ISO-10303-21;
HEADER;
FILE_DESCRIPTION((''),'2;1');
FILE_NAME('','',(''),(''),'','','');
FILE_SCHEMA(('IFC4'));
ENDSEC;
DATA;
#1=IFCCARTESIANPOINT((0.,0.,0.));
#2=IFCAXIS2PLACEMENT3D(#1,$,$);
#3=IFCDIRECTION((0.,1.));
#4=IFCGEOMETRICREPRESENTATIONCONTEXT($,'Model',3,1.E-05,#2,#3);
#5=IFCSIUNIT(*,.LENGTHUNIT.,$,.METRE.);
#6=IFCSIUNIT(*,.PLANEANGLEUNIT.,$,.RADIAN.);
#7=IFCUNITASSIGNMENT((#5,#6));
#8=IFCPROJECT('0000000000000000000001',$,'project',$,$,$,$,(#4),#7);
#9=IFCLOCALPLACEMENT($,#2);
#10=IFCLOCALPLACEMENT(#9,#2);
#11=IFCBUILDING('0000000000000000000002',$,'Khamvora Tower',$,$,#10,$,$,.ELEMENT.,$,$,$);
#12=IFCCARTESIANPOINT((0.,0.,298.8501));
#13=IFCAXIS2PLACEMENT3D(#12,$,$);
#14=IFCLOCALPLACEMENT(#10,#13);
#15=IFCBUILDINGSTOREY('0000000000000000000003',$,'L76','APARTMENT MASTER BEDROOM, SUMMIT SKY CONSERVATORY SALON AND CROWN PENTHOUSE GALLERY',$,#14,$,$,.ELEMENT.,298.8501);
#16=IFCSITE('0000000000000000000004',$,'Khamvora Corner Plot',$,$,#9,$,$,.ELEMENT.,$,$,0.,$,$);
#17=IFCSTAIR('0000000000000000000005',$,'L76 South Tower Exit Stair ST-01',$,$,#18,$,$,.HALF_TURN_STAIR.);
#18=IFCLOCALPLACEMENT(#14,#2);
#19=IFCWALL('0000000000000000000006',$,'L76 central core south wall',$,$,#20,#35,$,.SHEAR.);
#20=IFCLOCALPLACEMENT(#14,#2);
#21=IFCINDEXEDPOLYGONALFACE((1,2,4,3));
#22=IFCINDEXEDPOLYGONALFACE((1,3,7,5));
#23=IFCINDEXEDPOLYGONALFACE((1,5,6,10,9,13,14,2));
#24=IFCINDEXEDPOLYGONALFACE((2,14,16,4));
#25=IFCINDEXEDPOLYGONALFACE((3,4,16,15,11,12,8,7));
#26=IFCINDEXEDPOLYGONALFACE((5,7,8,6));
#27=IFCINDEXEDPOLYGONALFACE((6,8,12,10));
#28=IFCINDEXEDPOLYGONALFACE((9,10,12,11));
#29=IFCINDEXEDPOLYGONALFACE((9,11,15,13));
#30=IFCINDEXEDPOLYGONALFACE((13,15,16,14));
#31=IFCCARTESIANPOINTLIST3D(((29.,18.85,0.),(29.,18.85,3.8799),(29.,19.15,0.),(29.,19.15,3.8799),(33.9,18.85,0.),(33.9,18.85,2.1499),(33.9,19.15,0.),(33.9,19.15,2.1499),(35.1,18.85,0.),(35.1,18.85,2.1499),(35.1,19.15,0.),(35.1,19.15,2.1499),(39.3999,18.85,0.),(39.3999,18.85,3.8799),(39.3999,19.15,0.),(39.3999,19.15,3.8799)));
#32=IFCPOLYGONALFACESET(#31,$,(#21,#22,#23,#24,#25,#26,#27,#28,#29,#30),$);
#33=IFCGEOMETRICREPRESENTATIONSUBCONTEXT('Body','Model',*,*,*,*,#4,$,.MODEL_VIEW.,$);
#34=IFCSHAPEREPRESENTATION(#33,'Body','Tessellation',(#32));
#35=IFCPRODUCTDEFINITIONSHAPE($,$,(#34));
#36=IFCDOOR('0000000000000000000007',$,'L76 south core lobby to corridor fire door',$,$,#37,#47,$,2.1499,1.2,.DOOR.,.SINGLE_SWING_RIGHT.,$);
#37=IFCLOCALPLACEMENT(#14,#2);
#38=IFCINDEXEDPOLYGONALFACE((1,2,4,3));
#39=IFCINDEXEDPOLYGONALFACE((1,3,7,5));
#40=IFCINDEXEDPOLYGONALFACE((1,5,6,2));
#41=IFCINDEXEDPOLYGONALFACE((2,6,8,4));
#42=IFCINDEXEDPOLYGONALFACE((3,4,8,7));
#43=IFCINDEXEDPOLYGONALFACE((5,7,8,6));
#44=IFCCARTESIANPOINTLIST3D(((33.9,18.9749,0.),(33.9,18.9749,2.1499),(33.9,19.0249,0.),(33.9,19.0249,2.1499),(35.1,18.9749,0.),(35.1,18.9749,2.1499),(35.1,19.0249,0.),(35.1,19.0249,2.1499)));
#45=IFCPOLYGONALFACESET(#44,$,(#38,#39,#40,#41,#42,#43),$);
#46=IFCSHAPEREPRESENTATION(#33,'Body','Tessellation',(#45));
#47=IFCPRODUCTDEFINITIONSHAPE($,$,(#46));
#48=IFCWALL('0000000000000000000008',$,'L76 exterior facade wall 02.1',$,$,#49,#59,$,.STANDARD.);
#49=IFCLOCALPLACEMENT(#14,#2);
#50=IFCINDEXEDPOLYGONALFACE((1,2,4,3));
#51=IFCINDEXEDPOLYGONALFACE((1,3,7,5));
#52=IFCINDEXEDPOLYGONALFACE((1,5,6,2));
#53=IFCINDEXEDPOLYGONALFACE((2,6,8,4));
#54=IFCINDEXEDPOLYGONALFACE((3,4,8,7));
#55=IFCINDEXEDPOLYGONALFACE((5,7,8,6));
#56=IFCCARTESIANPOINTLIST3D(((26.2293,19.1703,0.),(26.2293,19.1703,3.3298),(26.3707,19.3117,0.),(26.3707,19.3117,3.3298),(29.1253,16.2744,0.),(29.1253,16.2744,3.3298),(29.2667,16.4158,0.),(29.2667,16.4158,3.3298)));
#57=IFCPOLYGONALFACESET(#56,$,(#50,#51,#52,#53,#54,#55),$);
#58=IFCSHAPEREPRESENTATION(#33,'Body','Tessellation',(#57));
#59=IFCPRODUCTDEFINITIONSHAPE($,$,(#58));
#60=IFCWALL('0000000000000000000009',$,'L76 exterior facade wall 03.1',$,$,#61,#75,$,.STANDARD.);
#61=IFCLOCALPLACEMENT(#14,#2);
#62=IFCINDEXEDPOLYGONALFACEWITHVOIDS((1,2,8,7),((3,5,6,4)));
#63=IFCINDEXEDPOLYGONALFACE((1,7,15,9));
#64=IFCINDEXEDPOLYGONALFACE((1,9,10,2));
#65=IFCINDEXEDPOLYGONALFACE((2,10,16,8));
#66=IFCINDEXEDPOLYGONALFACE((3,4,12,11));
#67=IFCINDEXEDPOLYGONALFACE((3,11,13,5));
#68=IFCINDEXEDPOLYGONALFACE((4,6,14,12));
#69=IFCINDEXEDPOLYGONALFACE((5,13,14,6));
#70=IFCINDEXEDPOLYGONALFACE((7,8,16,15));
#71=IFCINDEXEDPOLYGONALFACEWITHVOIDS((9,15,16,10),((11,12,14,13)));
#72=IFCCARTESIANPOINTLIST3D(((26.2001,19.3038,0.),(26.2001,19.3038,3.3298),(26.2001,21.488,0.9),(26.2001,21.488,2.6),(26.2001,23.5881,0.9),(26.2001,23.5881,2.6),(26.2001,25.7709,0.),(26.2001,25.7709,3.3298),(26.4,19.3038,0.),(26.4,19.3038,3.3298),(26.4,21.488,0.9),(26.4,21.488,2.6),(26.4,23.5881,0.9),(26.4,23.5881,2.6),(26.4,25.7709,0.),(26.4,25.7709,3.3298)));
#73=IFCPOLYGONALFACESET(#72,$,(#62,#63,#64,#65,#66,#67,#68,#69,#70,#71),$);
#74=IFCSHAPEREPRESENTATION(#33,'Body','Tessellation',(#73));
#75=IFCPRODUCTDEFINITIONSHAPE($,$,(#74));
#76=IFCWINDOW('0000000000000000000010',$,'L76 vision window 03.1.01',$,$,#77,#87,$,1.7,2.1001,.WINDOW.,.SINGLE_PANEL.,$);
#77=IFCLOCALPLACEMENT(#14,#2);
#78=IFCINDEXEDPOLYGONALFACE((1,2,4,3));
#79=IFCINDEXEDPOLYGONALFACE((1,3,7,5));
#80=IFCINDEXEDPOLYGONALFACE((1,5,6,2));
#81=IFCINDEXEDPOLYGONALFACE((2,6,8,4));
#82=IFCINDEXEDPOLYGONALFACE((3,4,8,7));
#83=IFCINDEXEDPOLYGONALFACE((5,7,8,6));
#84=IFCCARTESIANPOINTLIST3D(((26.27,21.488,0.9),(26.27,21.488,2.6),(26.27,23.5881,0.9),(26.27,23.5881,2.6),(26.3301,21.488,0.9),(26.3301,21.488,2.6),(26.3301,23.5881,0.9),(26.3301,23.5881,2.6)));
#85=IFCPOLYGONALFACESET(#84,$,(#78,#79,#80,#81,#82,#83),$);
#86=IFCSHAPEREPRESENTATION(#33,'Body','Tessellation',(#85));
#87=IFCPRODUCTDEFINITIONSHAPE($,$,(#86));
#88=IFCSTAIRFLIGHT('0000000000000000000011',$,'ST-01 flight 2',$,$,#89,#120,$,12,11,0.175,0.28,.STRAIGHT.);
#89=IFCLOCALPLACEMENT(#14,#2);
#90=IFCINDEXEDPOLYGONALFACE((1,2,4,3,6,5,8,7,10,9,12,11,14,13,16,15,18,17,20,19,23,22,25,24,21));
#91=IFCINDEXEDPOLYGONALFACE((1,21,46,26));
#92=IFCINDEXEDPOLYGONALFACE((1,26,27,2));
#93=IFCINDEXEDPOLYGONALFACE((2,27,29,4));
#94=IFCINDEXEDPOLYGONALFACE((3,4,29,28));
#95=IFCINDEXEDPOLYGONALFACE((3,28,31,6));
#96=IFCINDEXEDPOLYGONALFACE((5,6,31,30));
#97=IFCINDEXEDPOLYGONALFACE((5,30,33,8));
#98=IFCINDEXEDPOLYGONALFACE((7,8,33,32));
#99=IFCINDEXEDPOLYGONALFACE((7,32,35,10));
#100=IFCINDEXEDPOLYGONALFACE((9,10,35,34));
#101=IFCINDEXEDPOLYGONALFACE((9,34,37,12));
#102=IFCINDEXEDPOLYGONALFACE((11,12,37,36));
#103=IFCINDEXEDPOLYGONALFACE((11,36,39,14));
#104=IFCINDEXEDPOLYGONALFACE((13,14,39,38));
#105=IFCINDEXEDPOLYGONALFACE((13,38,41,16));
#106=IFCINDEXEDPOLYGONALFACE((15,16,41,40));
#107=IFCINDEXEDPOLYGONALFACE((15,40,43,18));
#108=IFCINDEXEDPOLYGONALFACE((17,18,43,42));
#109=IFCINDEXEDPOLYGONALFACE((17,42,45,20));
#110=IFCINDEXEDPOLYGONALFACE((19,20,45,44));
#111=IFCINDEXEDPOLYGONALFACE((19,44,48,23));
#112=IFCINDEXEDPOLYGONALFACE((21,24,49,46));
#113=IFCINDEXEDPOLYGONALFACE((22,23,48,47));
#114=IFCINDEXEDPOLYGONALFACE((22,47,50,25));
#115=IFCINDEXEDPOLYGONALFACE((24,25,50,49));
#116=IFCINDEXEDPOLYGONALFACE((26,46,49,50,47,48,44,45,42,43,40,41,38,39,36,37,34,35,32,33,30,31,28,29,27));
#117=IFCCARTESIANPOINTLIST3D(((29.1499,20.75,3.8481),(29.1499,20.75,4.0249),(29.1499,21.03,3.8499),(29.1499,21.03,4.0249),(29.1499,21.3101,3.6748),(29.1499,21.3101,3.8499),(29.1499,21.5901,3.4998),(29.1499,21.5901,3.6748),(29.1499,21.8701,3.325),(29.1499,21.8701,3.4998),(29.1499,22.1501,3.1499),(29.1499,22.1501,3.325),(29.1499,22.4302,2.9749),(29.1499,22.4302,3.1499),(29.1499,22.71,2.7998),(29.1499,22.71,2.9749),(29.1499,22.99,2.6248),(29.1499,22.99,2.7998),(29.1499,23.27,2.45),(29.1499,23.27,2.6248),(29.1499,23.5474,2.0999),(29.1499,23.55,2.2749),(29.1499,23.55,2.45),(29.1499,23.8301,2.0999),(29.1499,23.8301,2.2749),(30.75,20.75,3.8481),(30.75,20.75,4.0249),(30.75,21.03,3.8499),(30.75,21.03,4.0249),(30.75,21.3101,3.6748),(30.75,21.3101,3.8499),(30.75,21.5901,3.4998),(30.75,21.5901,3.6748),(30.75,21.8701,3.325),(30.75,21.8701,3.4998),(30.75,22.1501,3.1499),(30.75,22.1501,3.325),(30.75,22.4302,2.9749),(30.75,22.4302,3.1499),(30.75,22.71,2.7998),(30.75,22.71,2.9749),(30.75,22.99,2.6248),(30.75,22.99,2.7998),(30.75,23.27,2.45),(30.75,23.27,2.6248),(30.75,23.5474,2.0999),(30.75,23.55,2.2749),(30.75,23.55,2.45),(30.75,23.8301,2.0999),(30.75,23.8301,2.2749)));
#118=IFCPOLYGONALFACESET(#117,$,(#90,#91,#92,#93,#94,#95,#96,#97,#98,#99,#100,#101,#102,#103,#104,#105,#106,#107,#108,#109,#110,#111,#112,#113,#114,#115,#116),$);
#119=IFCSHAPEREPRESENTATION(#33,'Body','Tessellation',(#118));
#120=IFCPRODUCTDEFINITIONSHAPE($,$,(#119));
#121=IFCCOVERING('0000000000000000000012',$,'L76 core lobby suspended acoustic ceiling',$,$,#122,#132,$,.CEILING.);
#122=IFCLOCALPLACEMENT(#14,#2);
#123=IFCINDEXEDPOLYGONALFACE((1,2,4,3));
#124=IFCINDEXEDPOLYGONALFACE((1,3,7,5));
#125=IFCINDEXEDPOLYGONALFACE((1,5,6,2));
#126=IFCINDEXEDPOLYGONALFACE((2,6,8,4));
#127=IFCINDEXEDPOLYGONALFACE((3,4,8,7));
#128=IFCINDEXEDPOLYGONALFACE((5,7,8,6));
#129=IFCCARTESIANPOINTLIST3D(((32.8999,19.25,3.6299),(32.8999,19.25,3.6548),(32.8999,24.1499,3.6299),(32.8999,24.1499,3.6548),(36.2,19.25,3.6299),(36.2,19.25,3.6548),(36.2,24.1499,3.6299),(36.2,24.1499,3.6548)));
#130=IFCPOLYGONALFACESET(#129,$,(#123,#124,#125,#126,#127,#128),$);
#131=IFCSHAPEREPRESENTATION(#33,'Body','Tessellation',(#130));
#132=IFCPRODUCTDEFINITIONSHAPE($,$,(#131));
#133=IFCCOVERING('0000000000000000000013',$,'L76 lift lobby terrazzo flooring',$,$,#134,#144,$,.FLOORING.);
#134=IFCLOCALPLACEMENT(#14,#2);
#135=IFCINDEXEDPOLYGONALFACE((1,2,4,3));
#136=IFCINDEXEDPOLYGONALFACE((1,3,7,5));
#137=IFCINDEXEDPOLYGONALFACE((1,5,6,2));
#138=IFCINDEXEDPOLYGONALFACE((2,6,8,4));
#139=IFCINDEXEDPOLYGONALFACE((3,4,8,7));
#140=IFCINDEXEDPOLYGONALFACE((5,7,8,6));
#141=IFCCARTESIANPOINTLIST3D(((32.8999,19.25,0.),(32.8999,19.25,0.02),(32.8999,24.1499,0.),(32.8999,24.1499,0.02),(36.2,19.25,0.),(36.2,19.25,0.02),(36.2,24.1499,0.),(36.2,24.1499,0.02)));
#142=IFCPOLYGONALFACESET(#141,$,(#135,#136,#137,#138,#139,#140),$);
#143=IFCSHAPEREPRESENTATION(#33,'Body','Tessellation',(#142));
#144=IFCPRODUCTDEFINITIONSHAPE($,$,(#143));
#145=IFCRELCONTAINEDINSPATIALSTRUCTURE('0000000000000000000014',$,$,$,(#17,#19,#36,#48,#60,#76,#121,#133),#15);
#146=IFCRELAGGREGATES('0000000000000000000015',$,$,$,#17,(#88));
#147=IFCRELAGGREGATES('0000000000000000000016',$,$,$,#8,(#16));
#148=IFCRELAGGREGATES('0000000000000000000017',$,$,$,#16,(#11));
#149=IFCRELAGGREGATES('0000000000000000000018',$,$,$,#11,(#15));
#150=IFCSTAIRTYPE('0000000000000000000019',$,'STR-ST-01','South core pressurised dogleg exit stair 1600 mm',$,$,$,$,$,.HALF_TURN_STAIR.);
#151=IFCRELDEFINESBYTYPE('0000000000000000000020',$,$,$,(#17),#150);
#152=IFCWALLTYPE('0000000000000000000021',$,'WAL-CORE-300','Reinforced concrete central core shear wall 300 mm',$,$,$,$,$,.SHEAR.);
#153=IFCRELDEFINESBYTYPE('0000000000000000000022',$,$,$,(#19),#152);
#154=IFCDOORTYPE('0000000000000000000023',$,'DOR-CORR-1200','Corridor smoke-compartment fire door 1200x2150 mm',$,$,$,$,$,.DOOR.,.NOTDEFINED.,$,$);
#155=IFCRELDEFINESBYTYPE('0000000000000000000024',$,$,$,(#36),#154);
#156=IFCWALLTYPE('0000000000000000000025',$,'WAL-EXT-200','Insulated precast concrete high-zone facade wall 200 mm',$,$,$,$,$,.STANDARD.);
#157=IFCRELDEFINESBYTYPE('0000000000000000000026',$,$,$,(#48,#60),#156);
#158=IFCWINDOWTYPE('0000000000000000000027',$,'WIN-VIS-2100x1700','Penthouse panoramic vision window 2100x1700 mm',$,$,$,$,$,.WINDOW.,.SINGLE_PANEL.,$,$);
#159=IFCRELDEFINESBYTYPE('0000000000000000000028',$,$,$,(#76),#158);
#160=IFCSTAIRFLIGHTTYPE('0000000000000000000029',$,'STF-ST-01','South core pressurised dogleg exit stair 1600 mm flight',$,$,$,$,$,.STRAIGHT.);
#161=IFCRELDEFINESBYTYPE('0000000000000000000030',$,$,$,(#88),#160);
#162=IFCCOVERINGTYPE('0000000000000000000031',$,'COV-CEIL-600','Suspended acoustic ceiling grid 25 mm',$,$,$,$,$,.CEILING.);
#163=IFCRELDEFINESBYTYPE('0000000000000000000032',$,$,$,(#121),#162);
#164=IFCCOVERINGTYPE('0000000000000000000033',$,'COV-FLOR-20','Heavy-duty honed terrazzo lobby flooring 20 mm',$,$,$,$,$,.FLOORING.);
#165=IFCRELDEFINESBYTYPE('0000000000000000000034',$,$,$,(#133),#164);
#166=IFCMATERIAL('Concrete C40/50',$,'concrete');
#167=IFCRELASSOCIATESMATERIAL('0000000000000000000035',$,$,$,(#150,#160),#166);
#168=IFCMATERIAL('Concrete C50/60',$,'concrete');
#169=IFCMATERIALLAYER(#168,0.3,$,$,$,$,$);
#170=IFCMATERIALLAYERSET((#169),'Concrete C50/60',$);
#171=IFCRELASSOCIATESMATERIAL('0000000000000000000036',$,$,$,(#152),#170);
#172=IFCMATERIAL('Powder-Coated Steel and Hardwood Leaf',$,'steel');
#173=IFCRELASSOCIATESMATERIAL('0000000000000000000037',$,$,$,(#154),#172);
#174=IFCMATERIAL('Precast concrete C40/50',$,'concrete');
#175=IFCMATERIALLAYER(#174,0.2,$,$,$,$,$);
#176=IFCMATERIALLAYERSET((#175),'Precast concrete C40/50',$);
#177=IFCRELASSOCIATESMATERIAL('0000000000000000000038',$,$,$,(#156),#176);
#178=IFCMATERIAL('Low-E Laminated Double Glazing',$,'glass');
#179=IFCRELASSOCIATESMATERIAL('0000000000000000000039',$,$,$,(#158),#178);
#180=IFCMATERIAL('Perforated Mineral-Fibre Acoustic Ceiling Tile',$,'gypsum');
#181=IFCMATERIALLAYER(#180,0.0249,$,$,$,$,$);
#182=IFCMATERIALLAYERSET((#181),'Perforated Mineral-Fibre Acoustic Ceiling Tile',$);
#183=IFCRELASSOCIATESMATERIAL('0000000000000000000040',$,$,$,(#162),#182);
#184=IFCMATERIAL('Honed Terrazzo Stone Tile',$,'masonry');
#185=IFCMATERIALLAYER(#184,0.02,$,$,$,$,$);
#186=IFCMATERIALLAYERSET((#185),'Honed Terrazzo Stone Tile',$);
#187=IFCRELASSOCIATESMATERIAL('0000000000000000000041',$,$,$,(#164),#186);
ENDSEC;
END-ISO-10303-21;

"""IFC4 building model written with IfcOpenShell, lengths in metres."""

from ifc_helpers import new_model, si_unit, direction, frame, frame_2d, origin, place, context, subcontext, project, spatial, polyline, rectangle, outline, extrude, material, layer, layer_set, type_object, element, fill, aggregate, save


model = new_model("IFC4")

# Units and contexts
model_context = context("Model", 3, precision=1e-05, world=origin(), true_north=direction((0.0, 1.0)))
body_context = subcontext(model_context, "Body", "Model", "MODEL_VIEW")
ifc_project = project(units=[si_unit("LENGTHUNIT", "METRE"), si_unit("PLANEANGLEUNIT", "RADIAN")], contexts=[model_context])

# Site, building, storey
site_placement = place(None, origin())
site = spatial("IfcSite", under=ifc_project, at=site_placement, Name="Khamvora Corner Plot", CompositionType="ELEMENT", RefElevation=0.0)
building_placement = place(site_placement, origin())
building = spatial("IfcBuilding", under=site, at=building_placement, Name="Khamvora Tower", CompositionType="ELEMENT")
storey_placement = place(building_placement, frame((0.0, 0.0, 298.8501)))
storey = spatial("IfcBuildingStorey", under=building, at=storey_placement, Name="L76", Description="APARTMENT MASTER BEDROOM, SUMMIT SKY CONSERVATORY SALON AND CROWN PENTHOUSE GALLERY", CompositionType="ELEMENT", Elevation=298.8501)

# Shared definitions
ifc_material_1 = material(Name="Low-E Laminated Double Glazing", Category="glass")

# Stair
ifc_material_2 = material(Name="Concrete C40/50", Category="concrete")
stair_type_1 = type_object("IfcStairType", Name="STR-ST-01", Description="South core pressurised dogleg exit stair 1600 mm", PredefinedType="HALF_TURN_STAIR", material=ifc_material_2)
stair_1_placement = place(storey_placement, origin())
stair_1 = element("IfcStair", 1, at=stair_1_placement, inside=storey, type_object=stair_type_1, Name="L76 South Tower Exit Stair ST-01", PredefinedType="HALF_TURN_STAIR")

# Shared definitions
ifc_material_3 = material(Name="Concrete C50/60", Category="concrete")
ifc_layer_1 = layer(ifc_material_3, 0.3)
ifc_layer_set_1 = layer_set([ifc_layer_1], Name="Concrete C50/60")
wall_type_1 = type_object("IfcWallType", Name="WAL-CORE-300", Description="Reinforced concrete central core shear wall 300 mm", PredefinedType="SHEAR", material=ifc_layer_set_1)

# Wall, opening, door
wall_1_placement = place(storey_placement, frame((29.0, 19.0, 0.0), z_axis=(0.0, 0.0, 1.0), x_axis=(1.0, 0.0, 0.0)))
wall_1 = element("IfcWall", 2, at=wall_1_placement, inside=storey, type_object=wall_type_1, Name="L76 central core south wall", PredefinedType="SHEAR", context=body_context, shape_type="SweptSolid", body=[
    extrude(rectangle(XDim=10.3999, YDim=0.3, at=frame_2d((5.2, 0.0))), origin(), (0.0, 0.0, 1.0), 3.8799),
])
opening_1_placement = place(wall_1_placement, frame((4.8999, 0.0, 0.0)))
opening_1 = element("IfcOpeningElement", 3, at=opening_1_placement, cuts=wall_1, PredefinedType="OPENING", context=body_context, shape_type="SweptSolid", body=[
    extrude(rectangle(XDim=1.2, YDim=2.1499, at=frame_2d((0.6001, 1.075))), frame((0.0, 0.1599, 0.0), z_axis=(0.0, -1.0, 0.0), x_axis=(1.0, 0.0, 0.0)), (0.0, 0.0, 1.0), 0.3201),
])
ifc_material_4 = material(Name="Powder-Coated Steel and Hardwood Leaf", Category="steel")
door_type = type_object("IfcDoorType", Name="DOR-CORR-1200", Description="Corridor smoke-compartment fire door 1200x2150 mm", OperationType="NOTDEFINED", PredefinedType="DOOR", material=ifc_material_4)
door_placement = place(opening_1_placement, origin())
door = element("IfcDoor", 4, at=door_placement, inside=storey, type_object=door_type, Name="L76 south core lobby to corridor fire door", OperationType="SINGLE_SWING_RIGHT", OverallHeight=2.1499, OverallWidth=1.2, PredefinedType="DOOR", context=body_context, shape_type="SweptSolid", body=[
    extrude(rectangle(XDim=1.2, YDim=2.1499, at=frame_2d((0.6001, 1.075))), frame((0.0, 0.0249, 0.0), z_axis=(0.0, -1.0, 0.0), x_axis=(1.0, 0.0, 0.0)), (0.0, 0.0, 1.0), 0.05),
])
fill(opening_1, door)

# Wall
ifc_material_5 = material(Name="Precast concrete C40/50", Category="concrete")
ifc_layer_2 = layer(ifc_material_5, 0.2)
ifc_layer_set_2 = layer_set([ifc_layer_2], Name="Precast concrete C40/50")
wall_type_2 = type_object("IfcWallType", Name="WAL-EXT-200", Description="Insulated precast concrete high-zone facade wall 200 mm", PredefinedType="STANDARD", material=ifc_layer_set_2)
wall_2_placement = place(storey_placement, frame((29.196, 16.345, 0.0), z_axis=(0.0, 0.0, 1.0), x_axis=(-0.707107, 0.707107, 0.0)))
element("IfcWall", 5, at=wall_2_placement, inside=storey, type_object=wall_type_2, Name="L76 exterior facade wall 02.1", PredefinedType="STANDARD", context=body_context, shape_type="SweptSolid", body=[
    extrude(rectangle(XDim=4.0955, YDim=0.2, at=frame_2d((2.0479, 0.0))), origin(), (0.0, 0.0, 1.0), 3.3298),
])

# Wall, opening, window
wall_3_placement = place(storey_placement, frame((26.3, 19.304, 0.0), z_axis=(0.0, 0.0, 1.0), x_axis=(0.0, 1.0, 0.0)))
wall_3 = element("IfcWall", 6, at=wall_3_placement, inside=storey, type_object=wall_type_2, Name="L76 exterior facade wall 03.1", PredefinedType="STANDARD", context=body_context, shape_type="SweptSolid", body=[
    extrude(rectangle(XDim=6.467, YDim=0.2, at=frame_2d((3.2334, 0.0))), origin(), (0.0, 0.0, 1.0), 3.3298),
])
opening_2_placement = place(wall_3_placement, frame((2.1841, 0.0, 0.8999)))
opening_2 = element("IfcOpeningElement", 7, at=opening_2_placement, cuts=wall_3, PredefinedType="OPENING", context=body_context, shape_type="SweptSolid", body=[
    extrude(rectangle(XDim=2.1001, YDim=1.7, at=frame_2d((1.05, 0.8501))), frame((0.0, 0.1099, 0.0), z_axis=(0.0, -1.0, 0.0), x_axis=(1.0, 0.0, 0.0)), (0.0, 0.0, 1.0), 0.22),
])
window_type = type_object("IfcWindowType", Name="WIN-VIS-2100x1700", Description="Penthouse panoramic vision window 2100x1700 mm", PartitioningType="SINGLE_PANEL", PredefinedType="WINDOW", material=ifc_material_1)
window_placement = place(opening_2_placement, origin())
window = element("IfcWindow", 8, at=window_placement, inside=storey, type_object=window_type, Name="L76 vision window 03.1.01", OverallHeight=1.7, OverallWidth=2.1001, PartitioningType="SINGLE_PANEL", PredefinedType="WINDOW", context=body_context, shape_type="SweptSolid", body=[
    extrude(rectangle(XDim=2.1001, YDim=1.7, at=frame_2d((1.05, 0.8501))), frame((0.0, 0.03, 0.0), z_axis=(0.0, -1.0, 0.0), x_axis=(1.0, 0.0, 0.0)), (0.0, 0.0, 1.0), 0.0601),
])
fill(opening_2, window)

# Stair flight
stair_flight_type = type_object("IfcStairFlightType", Name="STF-ST-01", Description="South core pressurised dogleg exit stair 1600 mm flight", PredefinedType="STRAIGHT", material=ifc_material_2)
stair_flight_placement = place(storey_placement, frame((29.95, 23.8301, 2.0999), z_axis=(0.0, 0.0, 1.0), x_axis=(0.0, -1.0, 0.0)))
stair_flight = element("IfcStairFlight", 9, at=stair_flight_placement, type_object=stair_flight_type, Name="ST-01 flight 2", NumberOfRisers=12, NumberOfTreads=11, PredefinedType="STRAIGHT", RiserHeight=0.175, TreadLength=0.28, context=body_context, shape_type="SweptSolid", body=[
    extrude(outline(polyline([(0.0, 0.0), (0.0, 0.175), (0.28, 0.175), (0.28, 0.3501), (0.5601, 0.3501), (0.5601, 0.5249), (0.8401, 0.5249), (0.8401, 0.7), (1.1201, 0.7), (1.1201, 0.875), (1.3999, 0.875), (1.3999, 1.05), (1.6799, 1.05), (1.6799, 1.2251), (1.96, 1.2251), (1.96, 1.3999), (2.24, 1.3999), (2.24, 1.575), (2.52, 1.575), (2.52, 1.75), (2.8, 1.75), (2.8, 1.925), (3.0801, 1.925), (3.0801, 2.1001), (3.0801, 1.7483), (0.2827, 0.0), (0.0, 0.0)])), frame((0.0, 0.8, 0.0), z_axis=(0.0, -1.0, 0.0), x_axis=(1.0, 0.0, 0.0)), (0.0, 0.0, 1.0), 1.6001),
])
aggregate(stair_1, [stair_flight])

# Coverings
ifc_material_6 = material(Name="Perforated Mineral-Fibre Acoustic Ceiling Tile", Category="gypsum")
ifc_layer_3 = layer(ifc_material_6, 0.0249)
ifc_layer_set_3 = layer_set([ifc_layer_3], Name="Perforated Mineral-Fibre Acoustic Ceiling Tile")
covering_type_1 = type_object("IfcCoveringType", Name="COV-CEIL-600", Description="Suspended acoustic ceiling grid 25 mm", PredefinedType="CEILING", material=ifc_layer_set_3)
covering_1_placement = place(storey_placement, frame((0.0, 0.0, 3.6299)))
element("IfcCovering", 10, at=covering_1_placement, inside=storey, type_object=covering_type_1, Name="L76 core lobby suspended acoustic ceiling", PredefinedType="CEILING", context=body_context, shape_type="SweptSolid", body=[
    extrude(outline(polyline([(32.8999, 19.25), (36.2, 19.25), (36.2, 24.1499), (32.8999, 24.1499), (32.8999, 19.25)])), origin(), (0.0, 0.0, 1.0), 0.0249),
])
ifc_material_7 = material(Name="Honed Terrazzo Stone Tile", Category="masonry")
ifc_layer_4 = layer(ifc_material_7, 0.02)
ifc_layer_set_4 = layer_set([ifc_layer_4], Name="Honed Terrazzo Stone Tile")
covering_type_2 = type_object("IfcCoveringType", Name="COV-FLOR-20", Description="Heavy-duty honed terrazzo lobby flooring 20 mm", PredefinedType="FLOORING", material=ifc_layer_set_4)
covering_2_placement = place(storey_placement, origin())
element("IfcCovering", 11, at=covering_2_placement, inside=storey, type_object=covering_type_2, Name="L76 lift lobby terrazzo flooring", PredefinedType="FLOORING", context=body_context, shape_type="SweptSolid", body=[
    extrude(outline(polyline([(32.8999, 19.25), (36.2, 19.25), (36.2, 24.1499), (32.8999, 24.1499), (32.8999, 19.25)])), origin(), (0.0, 0.0, 1.0), 0.02),
])

save(model, "model.ifc")
